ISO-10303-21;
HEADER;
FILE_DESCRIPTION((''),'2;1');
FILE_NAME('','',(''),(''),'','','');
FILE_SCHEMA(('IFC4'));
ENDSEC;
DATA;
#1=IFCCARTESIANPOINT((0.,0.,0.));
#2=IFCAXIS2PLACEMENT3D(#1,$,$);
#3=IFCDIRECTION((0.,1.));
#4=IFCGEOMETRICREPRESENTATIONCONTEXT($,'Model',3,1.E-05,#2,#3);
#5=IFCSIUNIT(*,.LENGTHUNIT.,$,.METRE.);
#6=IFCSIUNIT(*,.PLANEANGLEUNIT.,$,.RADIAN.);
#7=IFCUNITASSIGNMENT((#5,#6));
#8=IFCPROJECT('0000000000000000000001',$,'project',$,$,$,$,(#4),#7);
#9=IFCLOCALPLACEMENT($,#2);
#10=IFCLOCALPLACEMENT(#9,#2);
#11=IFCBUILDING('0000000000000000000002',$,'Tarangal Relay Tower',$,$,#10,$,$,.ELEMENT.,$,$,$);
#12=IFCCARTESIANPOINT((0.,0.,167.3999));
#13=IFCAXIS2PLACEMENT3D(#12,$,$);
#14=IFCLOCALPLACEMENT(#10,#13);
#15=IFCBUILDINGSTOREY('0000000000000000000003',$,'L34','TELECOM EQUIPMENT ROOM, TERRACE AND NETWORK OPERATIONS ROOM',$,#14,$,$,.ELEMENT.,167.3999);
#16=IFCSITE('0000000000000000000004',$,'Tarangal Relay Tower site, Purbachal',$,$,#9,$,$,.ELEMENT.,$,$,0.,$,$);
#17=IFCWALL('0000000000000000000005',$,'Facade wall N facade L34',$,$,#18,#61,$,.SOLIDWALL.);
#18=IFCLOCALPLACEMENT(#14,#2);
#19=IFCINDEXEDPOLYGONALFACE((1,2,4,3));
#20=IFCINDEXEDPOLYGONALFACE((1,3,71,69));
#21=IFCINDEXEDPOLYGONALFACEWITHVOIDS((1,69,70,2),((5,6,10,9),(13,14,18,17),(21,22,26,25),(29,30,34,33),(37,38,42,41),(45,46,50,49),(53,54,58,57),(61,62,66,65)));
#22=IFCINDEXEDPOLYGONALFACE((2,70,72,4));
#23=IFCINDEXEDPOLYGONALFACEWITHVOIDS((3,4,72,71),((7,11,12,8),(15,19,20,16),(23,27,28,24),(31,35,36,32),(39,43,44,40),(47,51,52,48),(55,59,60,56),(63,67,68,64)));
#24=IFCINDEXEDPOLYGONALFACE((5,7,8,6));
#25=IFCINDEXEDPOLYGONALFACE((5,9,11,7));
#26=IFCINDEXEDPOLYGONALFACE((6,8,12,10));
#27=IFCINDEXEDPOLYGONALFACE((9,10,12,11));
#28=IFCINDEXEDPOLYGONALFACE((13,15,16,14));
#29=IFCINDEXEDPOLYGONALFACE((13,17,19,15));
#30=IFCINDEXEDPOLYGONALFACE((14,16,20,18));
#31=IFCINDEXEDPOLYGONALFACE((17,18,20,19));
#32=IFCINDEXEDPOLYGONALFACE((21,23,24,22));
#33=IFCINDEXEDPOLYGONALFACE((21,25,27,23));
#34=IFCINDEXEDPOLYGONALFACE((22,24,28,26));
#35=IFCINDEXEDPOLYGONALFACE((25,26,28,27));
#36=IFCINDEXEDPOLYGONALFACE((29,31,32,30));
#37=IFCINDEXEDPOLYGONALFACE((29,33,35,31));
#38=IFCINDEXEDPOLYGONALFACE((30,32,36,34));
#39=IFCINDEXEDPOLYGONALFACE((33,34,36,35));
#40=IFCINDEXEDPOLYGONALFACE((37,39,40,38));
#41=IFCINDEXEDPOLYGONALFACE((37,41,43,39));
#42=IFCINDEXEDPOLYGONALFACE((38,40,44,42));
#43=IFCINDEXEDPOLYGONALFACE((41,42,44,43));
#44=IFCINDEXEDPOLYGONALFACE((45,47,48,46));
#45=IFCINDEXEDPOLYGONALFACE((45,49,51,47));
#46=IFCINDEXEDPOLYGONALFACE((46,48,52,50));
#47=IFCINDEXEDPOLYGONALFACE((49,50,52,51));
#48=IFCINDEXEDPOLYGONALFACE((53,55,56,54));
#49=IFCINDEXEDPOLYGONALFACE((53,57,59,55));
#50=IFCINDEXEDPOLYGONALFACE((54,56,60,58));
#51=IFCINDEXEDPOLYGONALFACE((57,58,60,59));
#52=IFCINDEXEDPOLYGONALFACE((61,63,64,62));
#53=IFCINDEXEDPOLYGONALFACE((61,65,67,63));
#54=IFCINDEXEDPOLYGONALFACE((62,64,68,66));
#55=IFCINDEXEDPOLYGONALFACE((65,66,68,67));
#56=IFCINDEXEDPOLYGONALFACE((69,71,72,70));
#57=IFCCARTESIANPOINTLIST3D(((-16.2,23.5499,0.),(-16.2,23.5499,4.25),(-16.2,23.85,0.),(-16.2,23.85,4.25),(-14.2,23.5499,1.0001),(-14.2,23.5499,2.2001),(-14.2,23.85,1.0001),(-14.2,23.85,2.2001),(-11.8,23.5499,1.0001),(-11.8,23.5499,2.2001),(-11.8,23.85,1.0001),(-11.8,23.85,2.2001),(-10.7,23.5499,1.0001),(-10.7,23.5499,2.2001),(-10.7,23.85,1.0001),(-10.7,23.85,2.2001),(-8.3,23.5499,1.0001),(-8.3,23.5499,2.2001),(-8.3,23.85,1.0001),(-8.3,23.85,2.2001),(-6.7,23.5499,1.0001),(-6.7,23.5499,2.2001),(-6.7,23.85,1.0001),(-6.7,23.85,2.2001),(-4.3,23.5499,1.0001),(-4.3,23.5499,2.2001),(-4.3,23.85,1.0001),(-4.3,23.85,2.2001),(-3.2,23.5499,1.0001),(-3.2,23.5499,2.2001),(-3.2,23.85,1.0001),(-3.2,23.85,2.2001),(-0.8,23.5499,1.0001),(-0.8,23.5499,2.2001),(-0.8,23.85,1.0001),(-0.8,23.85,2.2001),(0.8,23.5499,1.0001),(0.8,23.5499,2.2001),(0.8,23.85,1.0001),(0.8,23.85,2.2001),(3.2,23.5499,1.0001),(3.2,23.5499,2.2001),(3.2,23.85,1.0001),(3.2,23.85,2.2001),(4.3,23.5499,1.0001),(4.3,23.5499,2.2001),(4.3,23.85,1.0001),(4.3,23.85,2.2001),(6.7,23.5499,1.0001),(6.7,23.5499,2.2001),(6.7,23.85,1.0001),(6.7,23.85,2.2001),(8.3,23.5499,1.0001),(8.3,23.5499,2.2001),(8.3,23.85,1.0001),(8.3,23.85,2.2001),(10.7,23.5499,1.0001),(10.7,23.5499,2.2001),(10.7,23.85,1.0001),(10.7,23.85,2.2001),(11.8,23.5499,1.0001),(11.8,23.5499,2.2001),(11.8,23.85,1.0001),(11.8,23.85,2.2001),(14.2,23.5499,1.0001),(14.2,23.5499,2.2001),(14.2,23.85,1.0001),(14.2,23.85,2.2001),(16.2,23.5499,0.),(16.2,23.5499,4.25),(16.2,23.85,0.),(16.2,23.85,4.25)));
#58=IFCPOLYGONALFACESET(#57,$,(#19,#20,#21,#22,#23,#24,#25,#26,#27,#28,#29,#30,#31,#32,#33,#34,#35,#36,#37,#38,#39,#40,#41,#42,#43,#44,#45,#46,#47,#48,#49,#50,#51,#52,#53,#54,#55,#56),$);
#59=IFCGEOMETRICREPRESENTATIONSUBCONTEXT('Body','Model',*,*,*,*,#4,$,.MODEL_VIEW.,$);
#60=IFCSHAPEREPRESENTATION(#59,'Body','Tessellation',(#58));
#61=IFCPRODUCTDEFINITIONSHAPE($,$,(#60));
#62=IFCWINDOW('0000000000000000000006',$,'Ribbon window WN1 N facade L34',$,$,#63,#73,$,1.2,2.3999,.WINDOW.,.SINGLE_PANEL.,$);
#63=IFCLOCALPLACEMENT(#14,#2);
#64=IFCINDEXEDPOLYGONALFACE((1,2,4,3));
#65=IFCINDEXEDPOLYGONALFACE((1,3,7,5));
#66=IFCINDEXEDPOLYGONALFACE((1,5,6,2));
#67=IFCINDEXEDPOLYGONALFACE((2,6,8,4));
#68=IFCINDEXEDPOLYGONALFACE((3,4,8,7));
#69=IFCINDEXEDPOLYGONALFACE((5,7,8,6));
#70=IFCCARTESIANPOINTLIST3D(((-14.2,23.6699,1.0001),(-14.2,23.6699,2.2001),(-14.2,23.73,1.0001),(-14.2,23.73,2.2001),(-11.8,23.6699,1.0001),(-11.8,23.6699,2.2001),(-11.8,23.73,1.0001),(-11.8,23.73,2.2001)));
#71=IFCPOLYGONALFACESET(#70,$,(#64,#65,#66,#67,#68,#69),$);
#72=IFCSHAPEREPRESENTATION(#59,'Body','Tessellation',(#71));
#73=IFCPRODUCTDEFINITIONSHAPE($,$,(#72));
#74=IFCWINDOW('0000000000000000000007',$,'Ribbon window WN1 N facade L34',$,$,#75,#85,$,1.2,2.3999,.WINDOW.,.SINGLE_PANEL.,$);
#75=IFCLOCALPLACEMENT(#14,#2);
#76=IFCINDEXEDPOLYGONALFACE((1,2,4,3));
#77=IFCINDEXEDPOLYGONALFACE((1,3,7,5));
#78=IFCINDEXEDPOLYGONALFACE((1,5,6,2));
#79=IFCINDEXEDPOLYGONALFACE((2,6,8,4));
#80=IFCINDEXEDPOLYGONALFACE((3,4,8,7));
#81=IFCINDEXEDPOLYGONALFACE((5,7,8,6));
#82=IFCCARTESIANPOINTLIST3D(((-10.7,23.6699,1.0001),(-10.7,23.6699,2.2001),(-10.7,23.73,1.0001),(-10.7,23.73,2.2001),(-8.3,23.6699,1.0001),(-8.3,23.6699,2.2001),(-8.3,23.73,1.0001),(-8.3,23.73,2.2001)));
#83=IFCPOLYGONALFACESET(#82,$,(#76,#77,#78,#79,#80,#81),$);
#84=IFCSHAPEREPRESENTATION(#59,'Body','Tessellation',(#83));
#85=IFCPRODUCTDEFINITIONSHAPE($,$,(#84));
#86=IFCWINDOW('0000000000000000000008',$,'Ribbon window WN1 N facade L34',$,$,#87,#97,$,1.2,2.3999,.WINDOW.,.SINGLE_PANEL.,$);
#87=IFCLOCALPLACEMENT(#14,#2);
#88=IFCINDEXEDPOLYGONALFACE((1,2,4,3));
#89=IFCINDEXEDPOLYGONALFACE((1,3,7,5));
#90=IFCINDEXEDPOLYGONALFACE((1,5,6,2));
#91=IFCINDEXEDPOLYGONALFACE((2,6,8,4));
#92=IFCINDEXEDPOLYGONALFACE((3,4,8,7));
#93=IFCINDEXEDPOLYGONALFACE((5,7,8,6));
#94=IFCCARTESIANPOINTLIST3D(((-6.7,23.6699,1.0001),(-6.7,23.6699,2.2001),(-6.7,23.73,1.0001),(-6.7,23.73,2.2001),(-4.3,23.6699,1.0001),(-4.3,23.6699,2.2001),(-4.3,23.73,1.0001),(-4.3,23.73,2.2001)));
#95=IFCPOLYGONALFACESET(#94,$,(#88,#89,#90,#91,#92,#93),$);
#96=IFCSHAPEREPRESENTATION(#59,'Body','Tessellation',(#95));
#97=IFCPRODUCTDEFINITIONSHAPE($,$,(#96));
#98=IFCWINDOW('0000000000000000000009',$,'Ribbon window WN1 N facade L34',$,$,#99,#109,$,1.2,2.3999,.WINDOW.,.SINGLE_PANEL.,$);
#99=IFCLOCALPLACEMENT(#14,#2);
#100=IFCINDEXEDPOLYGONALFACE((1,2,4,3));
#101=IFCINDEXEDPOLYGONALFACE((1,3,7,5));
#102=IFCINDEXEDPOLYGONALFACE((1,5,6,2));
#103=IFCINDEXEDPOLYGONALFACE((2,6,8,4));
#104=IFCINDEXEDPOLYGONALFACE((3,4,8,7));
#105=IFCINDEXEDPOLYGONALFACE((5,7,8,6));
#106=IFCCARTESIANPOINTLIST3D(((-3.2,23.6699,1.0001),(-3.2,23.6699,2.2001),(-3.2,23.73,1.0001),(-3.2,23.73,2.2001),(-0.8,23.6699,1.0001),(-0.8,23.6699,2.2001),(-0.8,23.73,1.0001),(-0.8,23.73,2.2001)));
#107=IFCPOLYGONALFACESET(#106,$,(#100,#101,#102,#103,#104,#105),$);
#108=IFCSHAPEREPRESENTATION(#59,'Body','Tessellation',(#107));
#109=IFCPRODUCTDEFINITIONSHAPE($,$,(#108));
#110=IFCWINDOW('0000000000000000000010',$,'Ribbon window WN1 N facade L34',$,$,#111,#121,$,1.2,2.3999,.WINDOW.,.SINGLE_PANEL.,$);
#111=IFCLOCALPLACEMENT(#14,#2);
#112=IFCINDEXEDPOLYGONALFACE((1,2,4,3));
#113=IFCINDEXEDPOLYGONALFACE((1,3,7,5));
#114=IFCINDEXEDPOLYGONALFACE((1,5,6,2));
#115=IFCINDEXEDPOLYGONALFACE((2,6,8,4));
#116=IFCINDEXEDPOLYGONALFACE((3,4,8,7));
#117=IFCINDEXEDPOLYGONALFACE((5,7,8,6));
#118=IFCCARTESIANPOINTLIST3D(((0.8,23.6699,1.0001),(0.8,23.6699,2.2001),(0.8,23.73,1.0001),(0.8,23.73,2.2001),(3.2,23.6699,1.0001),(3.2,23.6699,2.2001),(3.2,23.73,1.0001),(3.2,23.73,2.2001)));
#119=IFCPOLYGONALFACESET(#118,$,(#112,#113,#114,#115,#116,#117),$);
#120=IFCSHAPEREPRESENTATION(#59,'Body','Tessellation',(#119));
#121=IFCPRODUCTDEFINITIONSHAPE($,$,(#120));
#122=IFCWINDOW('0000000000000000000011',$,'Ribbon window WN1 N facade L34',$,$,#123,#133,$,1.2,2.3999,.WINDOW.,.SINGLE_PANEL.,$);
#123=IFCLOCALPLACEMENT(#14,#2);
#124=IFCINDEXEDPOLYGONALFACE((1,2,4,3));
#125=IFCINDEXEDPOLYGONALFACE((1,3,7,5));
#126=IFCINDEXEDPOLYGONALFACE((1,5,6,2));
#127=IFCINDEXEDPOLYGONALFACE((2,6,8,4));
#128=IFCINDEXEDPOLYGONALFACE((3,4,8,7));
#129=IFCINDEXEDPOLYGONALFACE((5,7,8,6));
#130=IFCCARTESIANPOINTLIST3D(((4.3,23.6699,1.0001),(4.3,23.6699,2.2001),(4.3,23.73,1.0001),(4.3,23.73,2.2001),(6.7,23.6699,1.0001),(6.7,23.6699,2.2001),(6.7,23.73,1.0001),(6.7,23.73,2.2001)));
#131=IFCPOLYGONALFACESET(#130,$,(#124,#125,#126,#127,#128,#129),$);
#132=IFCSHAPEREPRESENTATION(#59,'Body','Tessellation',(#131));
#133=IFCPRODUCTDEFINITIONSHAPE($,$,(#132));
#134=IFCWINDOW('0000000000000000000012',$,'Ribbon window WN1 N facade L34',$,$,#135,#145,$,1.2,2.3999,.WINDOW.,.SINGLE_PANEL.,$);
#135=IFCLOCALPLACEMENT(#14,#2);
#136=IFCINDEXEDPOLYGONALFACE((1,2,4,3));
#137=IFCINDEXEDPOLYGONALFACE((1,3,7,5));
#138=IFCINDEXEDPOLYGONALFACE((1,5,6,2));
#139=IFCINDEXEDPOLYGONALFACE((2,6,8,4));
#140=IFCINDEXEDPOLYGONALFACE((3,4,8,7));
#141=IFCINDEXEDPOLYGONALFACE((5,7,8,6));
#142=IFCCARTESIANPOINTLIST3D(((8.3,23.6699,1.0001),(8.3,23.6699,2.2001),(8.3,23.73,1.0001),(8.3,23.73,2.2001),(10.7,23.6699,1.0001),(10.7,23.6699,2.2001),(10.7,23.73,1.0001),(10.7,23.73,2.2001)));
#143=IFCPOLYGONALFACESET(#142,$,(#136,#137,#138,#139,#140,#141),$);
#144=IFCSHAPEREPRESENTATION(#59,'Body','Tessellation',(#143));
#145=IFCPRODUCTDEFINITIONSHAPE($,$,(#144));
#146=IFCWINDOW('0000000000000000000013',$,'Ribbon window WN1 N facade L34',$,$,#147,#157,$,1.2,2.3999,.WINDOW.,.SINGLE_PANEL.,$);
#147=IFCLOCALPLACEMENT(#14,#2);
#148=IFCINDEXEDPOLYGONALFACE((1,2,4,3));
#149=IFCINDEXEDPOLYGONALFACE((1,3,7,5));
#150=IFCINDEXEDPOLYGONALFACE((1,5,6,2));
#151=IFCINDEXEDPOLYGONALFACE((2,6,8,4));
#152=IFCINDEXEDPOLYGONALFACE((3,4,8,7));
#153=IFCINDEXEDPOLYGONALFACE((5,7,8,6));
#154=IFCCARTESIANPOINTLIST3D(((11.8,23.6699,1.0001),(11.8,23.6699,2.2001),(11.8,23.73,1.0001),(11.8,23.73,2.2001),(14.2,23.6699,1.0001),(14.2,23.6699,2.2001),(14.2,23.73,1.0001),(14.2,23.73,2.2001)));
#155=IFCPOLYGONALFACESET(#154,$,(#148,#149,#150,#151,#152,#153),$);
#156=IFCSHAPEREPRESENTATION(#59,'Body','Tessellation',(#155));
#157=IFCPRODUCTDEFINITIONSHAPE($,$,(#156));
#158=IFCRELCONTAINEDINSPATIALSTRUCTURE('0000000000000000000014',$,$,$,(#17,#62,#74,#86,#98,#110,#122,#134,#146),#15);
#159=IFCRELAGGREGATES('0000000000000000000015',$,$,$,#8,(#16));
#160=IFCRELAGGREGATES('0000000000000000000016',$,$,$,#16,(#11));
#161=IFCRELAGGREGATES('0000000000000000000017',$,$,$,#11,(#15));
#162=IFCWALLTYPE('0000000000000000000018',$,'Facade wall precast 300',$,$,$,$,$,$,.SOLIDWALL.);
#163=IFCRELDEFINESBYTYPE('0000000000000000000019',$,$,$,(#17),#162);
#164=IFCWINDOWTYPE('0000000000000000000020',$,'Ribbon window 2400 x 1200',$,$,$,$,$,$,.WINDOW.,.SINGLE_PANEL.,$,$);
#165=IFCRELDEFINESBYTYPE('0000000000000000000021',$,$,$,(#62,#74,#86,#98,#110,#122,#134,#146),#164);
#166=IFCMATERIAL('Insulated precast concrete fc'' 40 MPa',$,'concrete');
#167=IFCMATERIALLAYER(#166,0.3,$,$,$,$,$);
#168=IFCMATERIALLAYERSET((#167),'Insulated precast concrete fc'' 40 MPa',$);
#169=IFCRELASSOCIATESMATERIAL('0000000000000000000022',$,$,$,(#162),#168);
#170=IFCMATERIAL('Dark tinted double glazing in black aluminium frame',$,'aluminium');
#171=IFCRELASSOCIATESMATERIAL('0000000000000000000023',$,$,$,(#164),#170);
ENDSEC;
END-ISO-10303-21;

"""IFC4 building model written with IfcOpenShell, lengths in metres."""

from ifc_helpers import new_model, si_unit, direction, frame, frame_2d, origin, place, context, subcontext, project, spatial, rectangle, extrude, material, layer, layer_set, type_object, element, fill, save


model = new_model("IFC4")

# Units and contexts
model_context = context("Model", 3, precision=1e-05, world=origin(), true_north=direction((0.0, 1.0)))
body_context = subcontext(model_context, "Body", "Model", "MODEL_VIEW")
ifc_project = project(units=[si_unit("LENGTHUNIT", "METRE"), si_unit("PLANEANGLEUNIT", "RADIAN")], contexts=[model_context])

# Site, building, storey
site_placement = place(None, origin())
site = spatial("IfcSite", under=ifc_project, at=site_placement, Name="Tarangal Relay Tower site, Purbachal", CompositionType="ELEMENT", RefElevation=0.0)
building_placement = place(site_placement, origin())
building = spatial("IfcBuilding", under=site, at=building_placement, Name="Tarangal Relay Tower", CompositionType="ELEMENT")
storey_placement = place(building_placement, frame((0.0, 0.0, 167.3999)))
storey = spatial("IfcBuildingStorey", under=building, at=storey_placement, Name="L34", Description="TELECOM EQUIPMENT ROOM, TERRACE AND NETWORK OPERATIONS ROOM", CompositionType="ELEMENT", Elevation=167.3999)

# Wall, openings, windows
ifc_material_1 = material(Name="Insulated precast concrete fc' 40 MPa", Category="concrete")
ifc_layer_1 = layer(ifc_material_1, 0.3)
ifc_layer_set_1 = layer_set([ifc_layer_1], Name="Insulated precast concrete fc' 40 MPa")
wall_type_1 = type_object("IfcWallType", Name="Facade wall precast 300", PredefinedType="SOLIDWALL", material=ifc_layer_set_1)
wall_1_placement = place(storey_placement, frame((-16.2, 23.7, 0.0), z_axis=(0.0, 0.0, 1.0), x_axis=(1.0, 0.0, 0.0)))
wall_1 = element("IfcWall", 1, at=wall_1_placement, inside=storey, type_object=wall_type_1, Name="Facade wall N facade L34", PredefinedType="SOLIDWALL", context=body_context, shape_type="SweptSolid", body=[
    extrude(rectangle(XDim=32.3999, YDim=0.3, at=frame_2d((16.2, 0.0))), origin(), (0.0, 0.0, 1.0), 4.25),
])
opening_1_placement = place(wall_1_placement, frame((2.0, 0.0, 1.0)))
opening_1 = element("IfcOpeningElement", 2, at=opening_1_placement, cuts=wall_1, PredefinedType="OPENING", context=body_context, shape_type="SweptSolid", body=[
    extrude(rectangle(XDim=2.3999, YDim=1.2, at=frame_2d((1.2, 0.6001))), frame((0.0, 0.1599, 0.0), z_axis=(0.0, -1.0, 0.0), x_axis=(1.0, 0.0, 0.0)), (0.0, 0.0, 1.0), 0.3201),
])
opening_2_placement = place(wall_1_placement, frame((5.5, 0.0, 1.0)))
opening_2 = element("IfcOpeningElement", 3, at=opening_2_placement, cuts=wall_1, PredefinedType="OPENING", context=body_context, shape_type="SweptSolid", body=[
    extrude(rectangle(XDim=2.3999, YDim=1.2, at=frame_2d((1.2, 0.6001))), frame((0.0, 0.1599, 0.0), z_axis=(0.0, -1.0, 0.0), x_axis=(1.0, 0.0, 0.0)), (0.0, 0.0, 1.0), 0.3201),
])
opening_3_placement = place(wall_1_placement, frame((9.5, 0.0, 1.0)))
opening_3 = element("IfcOpeningElement", 4, at=opening_3_placement, cuts=wall_1, PredefinedType="OPENING", context=body_context, shape_type="SweptSolid", body=[
    extrude(rectangle(XDim=2.3999, YDim=1.2, at=frame_2d((1.2, 0.6001))), frame((0.0, 0.1599, 0.0), z_axis=(0.0, -1.0, 0.0), x_axis=(1.0, 0.0, 0.0)), (0.0, 0.0, 1.0), 0.3201),
])
opening_4_placement = place(wall_1_placement, frame((13.0, 0.0, 1.0)))
opening_4 = element("IfcOpeningElement", 5, at=opening_4_placement, cuts=wall_1, PredefinedType="OPENING", context=body_context, shape_type="SweptSolid", body=[
    extrude(rectangle(XDim=2.3999, YDim=1.2, at=frame_2d((1.2, 0.6001))), frame((0.0, 0.1599, 0.0), z_axis=(0.0, -1.0, 0.0), x_axis=(1.0, 0.0, 0.0)), (0.0, 0.0, 1.0), 0.3201),
])
opening_5_placement = place(wall_1_placement, frame((17.0, 0.0, 1.0)))
opening_5 = element("IfcOpeningElement", 6, at=opening_5_placement, cuts=wall_1, PredefinedType="OPENING", context=body_context, shape_type="SweptSolid", body=[
    extrude(rectangle(XDim=2.3999, YDim=1.2, at=frame_2d((1.2, 0.6001))), frame((0.0, 0.1599, 0.0), z_axis=(0.0, -1.0, 0.0), x_axis=(1.0, 0.0, 0.0)), (0.0, 0.0, 1.0), 0.3201),
])
opening_6_placement = place(wall_1_placement, frame((20.5, 0.0, 1.0)))
opening_6 = element("IfcOpeningElement", 7, at=opening_6_placement, cuts=wall_1, PredefinedType="OPENING", context=body_context, shape_type="SweptSolid", body=[
    extrude(rectangle(XDim=2.3999, YDim=1.2, at=frame_2d((1.2, 0.6001))), frame((0.0, 0.1599, 0.0), z_axis=(0.0, -1.0, 0.0), x_axis=(1.0, 0.0, 0.0)), (0.0, 0.0, 1.0), 0.3201),
])
opening_7_placement = place(wall_1_placement, frame((24.5, 0.0, 1.0)))
opening_7 = element("IfcOpeningElement", 8, at=opening_7_placement, cuts=wall_1, PredefinedType="OPENING", context=body_context, shape_type="SweptSolid", body=[
    extrude(rectangle(XDim=2.3999, YDim=1.2, at=frame_2d((1.2, 0.6001))), frame((0.0, 0.1599, 0.0), z_axis=(0.0, -1.0, 0.0), x_axis=(1.0, 0.0, 0.0)), (0.0, 0.0, 1.0), 0.3201),
])
opening_8_placement = place(wall_1_placement, frame((28.0, 0.0, 1.0)))
opening_8 = element("IfcOpeningElement", 9, at=opening_8_placement, cuts=wall_1, PredefinedType="OPENING", context=body_context, shape_type="SweptSolid", body=[
    extrude(rectangle(XDim=2.3999, YDim=1.2, at=frame_2d((1.2, 0.6001))), frame((0.0, 0.1599, 0.0), z_axis=(0.0, -1.0, 0.0), x_axis=(1.0, 0.0, 0.0)), (0.0, 0.0, 1.0), 0.3201),
])
ifc_material_2 = material(Name="Dark tinted double glazing in black aluminium frame", Category="aluminium")
window_type = type_object("IfcWindowType", Name="Ribbon window 2400 x 1200", PartitioningType="SINGLE_PANEL", PredefinedType="WINDOW", material=ifc_material_2)
window_1_placement = place(opening_1_placement, origin())
window_1 = element("IfcWindow", 10, at=window_1_placement, inside=storey, type_object=window_type, Name="Ribbon window WN1 N facade L34", OverallHeight=1.2, OverallWidth=2.3999, PartitioningType="SINGLE_PANEL", PredefinedType="WINDOW", context=body_context, shape_type="SweptSolid", body=[
    extrude(rectangle(XDim=2.3999, YDim=1.2, at=frame_2d((1.2, 0.6001))), frame((0.0, 0.03, 0.0), z_axis=(0.0, -1.0, 0.0), x_axis=(1.0, 0.0, 0.0)), (0.0, 0.0, 1.0), 0.0601),
])
fill(opening_1, window_1)
window_2_placement = place(opening_2_placement, origin())
window_2 = element("IfcWindow", 11, at=window_2_placement, inside=storey, type_object=window_type, Name="Ribbon window WN1 N facade L34", OverallHeight=1.2, OverallWidth=2.3999, PartitioningType="SINGLE_PANEL", PredefinedType="WINDOW", context=body_context, shape_type="SweptSolid", body=[
    extrude(rectangle(XDim=2.3999, YDim=1.2, at=frame_2d((1.2, 0.6001))), frame((0.0, 0.03, 0.0), z_axis=(0.0, -1.0, 0.0), x_axis=(1.0, 0.0, 0.0)), (0.0, 0.0, 1.0), 0.0601),
])
fill(opening_2, window_2)
window_3_placement = place(opening_3_placement, origin())
window_3 = element("IfcWindow", 12, at=window_3_placement, inside=storey, type_object=window_type, Name="Ribbon window WN1 N facade L34", OverallHeight=1.2, OverallWidth=2.3999, PartitioningType="SINGLE_PANEL", PredefinedType="WINDOW", context=body_context, shape_type="SweptSolid", body=[
    extrude(rectangle(XDim=2.3999, YDim=1.2, at=frame_2d((1.2, 0.6001))), frame((0.0, 0.03, 0.0), z_axis=(0.0, -1.0, 0.0), x_axis=(1.0, 0.0, 0.0)), (0.0, 0.0, 1.0), 0.0601),
])
fill(opening_3, window_3)
window_4_placement = place(opening_4_placement, origin())
window_4 = element("IfcWindow", 13, at=window_4_placement, inside=storey, type_object=window_type, Name="Ribbon window WN1 N facade L34", OverallHeight=1.2, OverallWidth=2.3999, PartitioningType="SINGLE_PANEL", PredefinedType="WINDOW", context=body_context, shape_type="SweptSolid", body=[
    extrude(rectangle(XDim=2.3999, YDim=1.2, at=frame_2d((1.2, 0.6001))), frame((0.0, 0.03, 0.0), z_axis=(0.0, -1.0, 0.0), x_axis=(1.0, 0.0, 0.0)), (0.0, 0.0, 1.0), 0.0601),
])
fill(opening_4, window_4)
window_5_placement = place(opening_5_placement, origin())
window_5 = element("IfcWindow", 14, at=window_5_placement, inside=storey, type_object=window_type, Name="Ribbon window WN1 N facade L34", OverallHeight=1.2, OverallWidth=2.3999, PartitioningType="SINGLE_PANEL", PredefinedType="WINDOW", context=body_context, shape_type="SweptSolid", body=[
    extrude(rectangle(XDim=2.3999, YDim=1.2, at=frame_2d((1.2, 0.6001))), frame((0.0, 0.03, 0.0), z_axis=(0.0, -1.0, 0.0), x_axis=(1.0, 0.0, 0.0)), (0.0, 0.0, 1.0), 0.0601),
])
fill(opening_5, window_5)
window_6_placement = place(opening_6_placement, origin())
window_6 = element("IfcWindow", 15, at=window_6_placement, inside=storey, type_object=window_type, Name="Ribbon window WN1 N facade L34", OverallHeight=1.2, OverallWidth=2.3999, PartitioningType="SINGLE_PANEL", PredefinedType="WINDOW", context=body_context, shape_type="SweptSolid", body=[
    extrude(rectangle(XDim=2.3999, YDim=1.2, at=frame_2d((1.2, 0.6001))), frame((0.0, 0.03, 0.0), z_axis=(0.0, -1.0, 0.0), x_axis=(1.0, 0.0, 0.0)), (0.0, 0.0, 1.0), 0.0601),
])
fill(opening_6, window_6)
window_7_placement = place(opening_7_placement, origin())
window_7 = element("IfcWindow", 16, at=window_7_placement, inside=storey, type_object=window_type, Name="Ribbon window WN1 N facade L34", OverallHeight=1.2, OverallWidth=2.3999, PartitioningType="SINGLE_PANEL", PredefinedType="WINDOW", context=body_context, shape_type="SweptSolid", body=[
    extrude(rectangle(XDim=2.3999, YDim=1.2, at=frame_2d((1.2, 0.6001))), frame((0.0, 0.03, 0.0), z_axis=(0.0, -1.0, 0.0), x_axis=(1.0, 0.0, 0.0)), (0.0, 0.0, 1.0), 0.0601),
])
fill(opening_7, window_7)
window_8_placement = place(opening_8_placement, origin())
window_8 = element("IfcWindow", 17, at=window_8_placement, inside=storey, type_object=window_type, Name="Ribbon window WN1 N facade L34", OverallHeight=1.2, OverallWidth=2.3999, PartitioningType="SINGLE_PANEL", PredefinedType="WINDOW", context=body_context, shape_type="SweptSolid", body=[
    extrude(rectangle(XDim=2.3999, YDim=1.2, at=frame_2d((1.2, 0.6001))), frame((0.0, 0.03, 0.0), z_axis=(0.0, -1.0, 0.0), x_axis=(1.0, 0.0, 0.0)), (0.0, 0.0, 1.0), 0.0601),
])
fill(opening_8, window_8)

save(model, "model.ifc")
